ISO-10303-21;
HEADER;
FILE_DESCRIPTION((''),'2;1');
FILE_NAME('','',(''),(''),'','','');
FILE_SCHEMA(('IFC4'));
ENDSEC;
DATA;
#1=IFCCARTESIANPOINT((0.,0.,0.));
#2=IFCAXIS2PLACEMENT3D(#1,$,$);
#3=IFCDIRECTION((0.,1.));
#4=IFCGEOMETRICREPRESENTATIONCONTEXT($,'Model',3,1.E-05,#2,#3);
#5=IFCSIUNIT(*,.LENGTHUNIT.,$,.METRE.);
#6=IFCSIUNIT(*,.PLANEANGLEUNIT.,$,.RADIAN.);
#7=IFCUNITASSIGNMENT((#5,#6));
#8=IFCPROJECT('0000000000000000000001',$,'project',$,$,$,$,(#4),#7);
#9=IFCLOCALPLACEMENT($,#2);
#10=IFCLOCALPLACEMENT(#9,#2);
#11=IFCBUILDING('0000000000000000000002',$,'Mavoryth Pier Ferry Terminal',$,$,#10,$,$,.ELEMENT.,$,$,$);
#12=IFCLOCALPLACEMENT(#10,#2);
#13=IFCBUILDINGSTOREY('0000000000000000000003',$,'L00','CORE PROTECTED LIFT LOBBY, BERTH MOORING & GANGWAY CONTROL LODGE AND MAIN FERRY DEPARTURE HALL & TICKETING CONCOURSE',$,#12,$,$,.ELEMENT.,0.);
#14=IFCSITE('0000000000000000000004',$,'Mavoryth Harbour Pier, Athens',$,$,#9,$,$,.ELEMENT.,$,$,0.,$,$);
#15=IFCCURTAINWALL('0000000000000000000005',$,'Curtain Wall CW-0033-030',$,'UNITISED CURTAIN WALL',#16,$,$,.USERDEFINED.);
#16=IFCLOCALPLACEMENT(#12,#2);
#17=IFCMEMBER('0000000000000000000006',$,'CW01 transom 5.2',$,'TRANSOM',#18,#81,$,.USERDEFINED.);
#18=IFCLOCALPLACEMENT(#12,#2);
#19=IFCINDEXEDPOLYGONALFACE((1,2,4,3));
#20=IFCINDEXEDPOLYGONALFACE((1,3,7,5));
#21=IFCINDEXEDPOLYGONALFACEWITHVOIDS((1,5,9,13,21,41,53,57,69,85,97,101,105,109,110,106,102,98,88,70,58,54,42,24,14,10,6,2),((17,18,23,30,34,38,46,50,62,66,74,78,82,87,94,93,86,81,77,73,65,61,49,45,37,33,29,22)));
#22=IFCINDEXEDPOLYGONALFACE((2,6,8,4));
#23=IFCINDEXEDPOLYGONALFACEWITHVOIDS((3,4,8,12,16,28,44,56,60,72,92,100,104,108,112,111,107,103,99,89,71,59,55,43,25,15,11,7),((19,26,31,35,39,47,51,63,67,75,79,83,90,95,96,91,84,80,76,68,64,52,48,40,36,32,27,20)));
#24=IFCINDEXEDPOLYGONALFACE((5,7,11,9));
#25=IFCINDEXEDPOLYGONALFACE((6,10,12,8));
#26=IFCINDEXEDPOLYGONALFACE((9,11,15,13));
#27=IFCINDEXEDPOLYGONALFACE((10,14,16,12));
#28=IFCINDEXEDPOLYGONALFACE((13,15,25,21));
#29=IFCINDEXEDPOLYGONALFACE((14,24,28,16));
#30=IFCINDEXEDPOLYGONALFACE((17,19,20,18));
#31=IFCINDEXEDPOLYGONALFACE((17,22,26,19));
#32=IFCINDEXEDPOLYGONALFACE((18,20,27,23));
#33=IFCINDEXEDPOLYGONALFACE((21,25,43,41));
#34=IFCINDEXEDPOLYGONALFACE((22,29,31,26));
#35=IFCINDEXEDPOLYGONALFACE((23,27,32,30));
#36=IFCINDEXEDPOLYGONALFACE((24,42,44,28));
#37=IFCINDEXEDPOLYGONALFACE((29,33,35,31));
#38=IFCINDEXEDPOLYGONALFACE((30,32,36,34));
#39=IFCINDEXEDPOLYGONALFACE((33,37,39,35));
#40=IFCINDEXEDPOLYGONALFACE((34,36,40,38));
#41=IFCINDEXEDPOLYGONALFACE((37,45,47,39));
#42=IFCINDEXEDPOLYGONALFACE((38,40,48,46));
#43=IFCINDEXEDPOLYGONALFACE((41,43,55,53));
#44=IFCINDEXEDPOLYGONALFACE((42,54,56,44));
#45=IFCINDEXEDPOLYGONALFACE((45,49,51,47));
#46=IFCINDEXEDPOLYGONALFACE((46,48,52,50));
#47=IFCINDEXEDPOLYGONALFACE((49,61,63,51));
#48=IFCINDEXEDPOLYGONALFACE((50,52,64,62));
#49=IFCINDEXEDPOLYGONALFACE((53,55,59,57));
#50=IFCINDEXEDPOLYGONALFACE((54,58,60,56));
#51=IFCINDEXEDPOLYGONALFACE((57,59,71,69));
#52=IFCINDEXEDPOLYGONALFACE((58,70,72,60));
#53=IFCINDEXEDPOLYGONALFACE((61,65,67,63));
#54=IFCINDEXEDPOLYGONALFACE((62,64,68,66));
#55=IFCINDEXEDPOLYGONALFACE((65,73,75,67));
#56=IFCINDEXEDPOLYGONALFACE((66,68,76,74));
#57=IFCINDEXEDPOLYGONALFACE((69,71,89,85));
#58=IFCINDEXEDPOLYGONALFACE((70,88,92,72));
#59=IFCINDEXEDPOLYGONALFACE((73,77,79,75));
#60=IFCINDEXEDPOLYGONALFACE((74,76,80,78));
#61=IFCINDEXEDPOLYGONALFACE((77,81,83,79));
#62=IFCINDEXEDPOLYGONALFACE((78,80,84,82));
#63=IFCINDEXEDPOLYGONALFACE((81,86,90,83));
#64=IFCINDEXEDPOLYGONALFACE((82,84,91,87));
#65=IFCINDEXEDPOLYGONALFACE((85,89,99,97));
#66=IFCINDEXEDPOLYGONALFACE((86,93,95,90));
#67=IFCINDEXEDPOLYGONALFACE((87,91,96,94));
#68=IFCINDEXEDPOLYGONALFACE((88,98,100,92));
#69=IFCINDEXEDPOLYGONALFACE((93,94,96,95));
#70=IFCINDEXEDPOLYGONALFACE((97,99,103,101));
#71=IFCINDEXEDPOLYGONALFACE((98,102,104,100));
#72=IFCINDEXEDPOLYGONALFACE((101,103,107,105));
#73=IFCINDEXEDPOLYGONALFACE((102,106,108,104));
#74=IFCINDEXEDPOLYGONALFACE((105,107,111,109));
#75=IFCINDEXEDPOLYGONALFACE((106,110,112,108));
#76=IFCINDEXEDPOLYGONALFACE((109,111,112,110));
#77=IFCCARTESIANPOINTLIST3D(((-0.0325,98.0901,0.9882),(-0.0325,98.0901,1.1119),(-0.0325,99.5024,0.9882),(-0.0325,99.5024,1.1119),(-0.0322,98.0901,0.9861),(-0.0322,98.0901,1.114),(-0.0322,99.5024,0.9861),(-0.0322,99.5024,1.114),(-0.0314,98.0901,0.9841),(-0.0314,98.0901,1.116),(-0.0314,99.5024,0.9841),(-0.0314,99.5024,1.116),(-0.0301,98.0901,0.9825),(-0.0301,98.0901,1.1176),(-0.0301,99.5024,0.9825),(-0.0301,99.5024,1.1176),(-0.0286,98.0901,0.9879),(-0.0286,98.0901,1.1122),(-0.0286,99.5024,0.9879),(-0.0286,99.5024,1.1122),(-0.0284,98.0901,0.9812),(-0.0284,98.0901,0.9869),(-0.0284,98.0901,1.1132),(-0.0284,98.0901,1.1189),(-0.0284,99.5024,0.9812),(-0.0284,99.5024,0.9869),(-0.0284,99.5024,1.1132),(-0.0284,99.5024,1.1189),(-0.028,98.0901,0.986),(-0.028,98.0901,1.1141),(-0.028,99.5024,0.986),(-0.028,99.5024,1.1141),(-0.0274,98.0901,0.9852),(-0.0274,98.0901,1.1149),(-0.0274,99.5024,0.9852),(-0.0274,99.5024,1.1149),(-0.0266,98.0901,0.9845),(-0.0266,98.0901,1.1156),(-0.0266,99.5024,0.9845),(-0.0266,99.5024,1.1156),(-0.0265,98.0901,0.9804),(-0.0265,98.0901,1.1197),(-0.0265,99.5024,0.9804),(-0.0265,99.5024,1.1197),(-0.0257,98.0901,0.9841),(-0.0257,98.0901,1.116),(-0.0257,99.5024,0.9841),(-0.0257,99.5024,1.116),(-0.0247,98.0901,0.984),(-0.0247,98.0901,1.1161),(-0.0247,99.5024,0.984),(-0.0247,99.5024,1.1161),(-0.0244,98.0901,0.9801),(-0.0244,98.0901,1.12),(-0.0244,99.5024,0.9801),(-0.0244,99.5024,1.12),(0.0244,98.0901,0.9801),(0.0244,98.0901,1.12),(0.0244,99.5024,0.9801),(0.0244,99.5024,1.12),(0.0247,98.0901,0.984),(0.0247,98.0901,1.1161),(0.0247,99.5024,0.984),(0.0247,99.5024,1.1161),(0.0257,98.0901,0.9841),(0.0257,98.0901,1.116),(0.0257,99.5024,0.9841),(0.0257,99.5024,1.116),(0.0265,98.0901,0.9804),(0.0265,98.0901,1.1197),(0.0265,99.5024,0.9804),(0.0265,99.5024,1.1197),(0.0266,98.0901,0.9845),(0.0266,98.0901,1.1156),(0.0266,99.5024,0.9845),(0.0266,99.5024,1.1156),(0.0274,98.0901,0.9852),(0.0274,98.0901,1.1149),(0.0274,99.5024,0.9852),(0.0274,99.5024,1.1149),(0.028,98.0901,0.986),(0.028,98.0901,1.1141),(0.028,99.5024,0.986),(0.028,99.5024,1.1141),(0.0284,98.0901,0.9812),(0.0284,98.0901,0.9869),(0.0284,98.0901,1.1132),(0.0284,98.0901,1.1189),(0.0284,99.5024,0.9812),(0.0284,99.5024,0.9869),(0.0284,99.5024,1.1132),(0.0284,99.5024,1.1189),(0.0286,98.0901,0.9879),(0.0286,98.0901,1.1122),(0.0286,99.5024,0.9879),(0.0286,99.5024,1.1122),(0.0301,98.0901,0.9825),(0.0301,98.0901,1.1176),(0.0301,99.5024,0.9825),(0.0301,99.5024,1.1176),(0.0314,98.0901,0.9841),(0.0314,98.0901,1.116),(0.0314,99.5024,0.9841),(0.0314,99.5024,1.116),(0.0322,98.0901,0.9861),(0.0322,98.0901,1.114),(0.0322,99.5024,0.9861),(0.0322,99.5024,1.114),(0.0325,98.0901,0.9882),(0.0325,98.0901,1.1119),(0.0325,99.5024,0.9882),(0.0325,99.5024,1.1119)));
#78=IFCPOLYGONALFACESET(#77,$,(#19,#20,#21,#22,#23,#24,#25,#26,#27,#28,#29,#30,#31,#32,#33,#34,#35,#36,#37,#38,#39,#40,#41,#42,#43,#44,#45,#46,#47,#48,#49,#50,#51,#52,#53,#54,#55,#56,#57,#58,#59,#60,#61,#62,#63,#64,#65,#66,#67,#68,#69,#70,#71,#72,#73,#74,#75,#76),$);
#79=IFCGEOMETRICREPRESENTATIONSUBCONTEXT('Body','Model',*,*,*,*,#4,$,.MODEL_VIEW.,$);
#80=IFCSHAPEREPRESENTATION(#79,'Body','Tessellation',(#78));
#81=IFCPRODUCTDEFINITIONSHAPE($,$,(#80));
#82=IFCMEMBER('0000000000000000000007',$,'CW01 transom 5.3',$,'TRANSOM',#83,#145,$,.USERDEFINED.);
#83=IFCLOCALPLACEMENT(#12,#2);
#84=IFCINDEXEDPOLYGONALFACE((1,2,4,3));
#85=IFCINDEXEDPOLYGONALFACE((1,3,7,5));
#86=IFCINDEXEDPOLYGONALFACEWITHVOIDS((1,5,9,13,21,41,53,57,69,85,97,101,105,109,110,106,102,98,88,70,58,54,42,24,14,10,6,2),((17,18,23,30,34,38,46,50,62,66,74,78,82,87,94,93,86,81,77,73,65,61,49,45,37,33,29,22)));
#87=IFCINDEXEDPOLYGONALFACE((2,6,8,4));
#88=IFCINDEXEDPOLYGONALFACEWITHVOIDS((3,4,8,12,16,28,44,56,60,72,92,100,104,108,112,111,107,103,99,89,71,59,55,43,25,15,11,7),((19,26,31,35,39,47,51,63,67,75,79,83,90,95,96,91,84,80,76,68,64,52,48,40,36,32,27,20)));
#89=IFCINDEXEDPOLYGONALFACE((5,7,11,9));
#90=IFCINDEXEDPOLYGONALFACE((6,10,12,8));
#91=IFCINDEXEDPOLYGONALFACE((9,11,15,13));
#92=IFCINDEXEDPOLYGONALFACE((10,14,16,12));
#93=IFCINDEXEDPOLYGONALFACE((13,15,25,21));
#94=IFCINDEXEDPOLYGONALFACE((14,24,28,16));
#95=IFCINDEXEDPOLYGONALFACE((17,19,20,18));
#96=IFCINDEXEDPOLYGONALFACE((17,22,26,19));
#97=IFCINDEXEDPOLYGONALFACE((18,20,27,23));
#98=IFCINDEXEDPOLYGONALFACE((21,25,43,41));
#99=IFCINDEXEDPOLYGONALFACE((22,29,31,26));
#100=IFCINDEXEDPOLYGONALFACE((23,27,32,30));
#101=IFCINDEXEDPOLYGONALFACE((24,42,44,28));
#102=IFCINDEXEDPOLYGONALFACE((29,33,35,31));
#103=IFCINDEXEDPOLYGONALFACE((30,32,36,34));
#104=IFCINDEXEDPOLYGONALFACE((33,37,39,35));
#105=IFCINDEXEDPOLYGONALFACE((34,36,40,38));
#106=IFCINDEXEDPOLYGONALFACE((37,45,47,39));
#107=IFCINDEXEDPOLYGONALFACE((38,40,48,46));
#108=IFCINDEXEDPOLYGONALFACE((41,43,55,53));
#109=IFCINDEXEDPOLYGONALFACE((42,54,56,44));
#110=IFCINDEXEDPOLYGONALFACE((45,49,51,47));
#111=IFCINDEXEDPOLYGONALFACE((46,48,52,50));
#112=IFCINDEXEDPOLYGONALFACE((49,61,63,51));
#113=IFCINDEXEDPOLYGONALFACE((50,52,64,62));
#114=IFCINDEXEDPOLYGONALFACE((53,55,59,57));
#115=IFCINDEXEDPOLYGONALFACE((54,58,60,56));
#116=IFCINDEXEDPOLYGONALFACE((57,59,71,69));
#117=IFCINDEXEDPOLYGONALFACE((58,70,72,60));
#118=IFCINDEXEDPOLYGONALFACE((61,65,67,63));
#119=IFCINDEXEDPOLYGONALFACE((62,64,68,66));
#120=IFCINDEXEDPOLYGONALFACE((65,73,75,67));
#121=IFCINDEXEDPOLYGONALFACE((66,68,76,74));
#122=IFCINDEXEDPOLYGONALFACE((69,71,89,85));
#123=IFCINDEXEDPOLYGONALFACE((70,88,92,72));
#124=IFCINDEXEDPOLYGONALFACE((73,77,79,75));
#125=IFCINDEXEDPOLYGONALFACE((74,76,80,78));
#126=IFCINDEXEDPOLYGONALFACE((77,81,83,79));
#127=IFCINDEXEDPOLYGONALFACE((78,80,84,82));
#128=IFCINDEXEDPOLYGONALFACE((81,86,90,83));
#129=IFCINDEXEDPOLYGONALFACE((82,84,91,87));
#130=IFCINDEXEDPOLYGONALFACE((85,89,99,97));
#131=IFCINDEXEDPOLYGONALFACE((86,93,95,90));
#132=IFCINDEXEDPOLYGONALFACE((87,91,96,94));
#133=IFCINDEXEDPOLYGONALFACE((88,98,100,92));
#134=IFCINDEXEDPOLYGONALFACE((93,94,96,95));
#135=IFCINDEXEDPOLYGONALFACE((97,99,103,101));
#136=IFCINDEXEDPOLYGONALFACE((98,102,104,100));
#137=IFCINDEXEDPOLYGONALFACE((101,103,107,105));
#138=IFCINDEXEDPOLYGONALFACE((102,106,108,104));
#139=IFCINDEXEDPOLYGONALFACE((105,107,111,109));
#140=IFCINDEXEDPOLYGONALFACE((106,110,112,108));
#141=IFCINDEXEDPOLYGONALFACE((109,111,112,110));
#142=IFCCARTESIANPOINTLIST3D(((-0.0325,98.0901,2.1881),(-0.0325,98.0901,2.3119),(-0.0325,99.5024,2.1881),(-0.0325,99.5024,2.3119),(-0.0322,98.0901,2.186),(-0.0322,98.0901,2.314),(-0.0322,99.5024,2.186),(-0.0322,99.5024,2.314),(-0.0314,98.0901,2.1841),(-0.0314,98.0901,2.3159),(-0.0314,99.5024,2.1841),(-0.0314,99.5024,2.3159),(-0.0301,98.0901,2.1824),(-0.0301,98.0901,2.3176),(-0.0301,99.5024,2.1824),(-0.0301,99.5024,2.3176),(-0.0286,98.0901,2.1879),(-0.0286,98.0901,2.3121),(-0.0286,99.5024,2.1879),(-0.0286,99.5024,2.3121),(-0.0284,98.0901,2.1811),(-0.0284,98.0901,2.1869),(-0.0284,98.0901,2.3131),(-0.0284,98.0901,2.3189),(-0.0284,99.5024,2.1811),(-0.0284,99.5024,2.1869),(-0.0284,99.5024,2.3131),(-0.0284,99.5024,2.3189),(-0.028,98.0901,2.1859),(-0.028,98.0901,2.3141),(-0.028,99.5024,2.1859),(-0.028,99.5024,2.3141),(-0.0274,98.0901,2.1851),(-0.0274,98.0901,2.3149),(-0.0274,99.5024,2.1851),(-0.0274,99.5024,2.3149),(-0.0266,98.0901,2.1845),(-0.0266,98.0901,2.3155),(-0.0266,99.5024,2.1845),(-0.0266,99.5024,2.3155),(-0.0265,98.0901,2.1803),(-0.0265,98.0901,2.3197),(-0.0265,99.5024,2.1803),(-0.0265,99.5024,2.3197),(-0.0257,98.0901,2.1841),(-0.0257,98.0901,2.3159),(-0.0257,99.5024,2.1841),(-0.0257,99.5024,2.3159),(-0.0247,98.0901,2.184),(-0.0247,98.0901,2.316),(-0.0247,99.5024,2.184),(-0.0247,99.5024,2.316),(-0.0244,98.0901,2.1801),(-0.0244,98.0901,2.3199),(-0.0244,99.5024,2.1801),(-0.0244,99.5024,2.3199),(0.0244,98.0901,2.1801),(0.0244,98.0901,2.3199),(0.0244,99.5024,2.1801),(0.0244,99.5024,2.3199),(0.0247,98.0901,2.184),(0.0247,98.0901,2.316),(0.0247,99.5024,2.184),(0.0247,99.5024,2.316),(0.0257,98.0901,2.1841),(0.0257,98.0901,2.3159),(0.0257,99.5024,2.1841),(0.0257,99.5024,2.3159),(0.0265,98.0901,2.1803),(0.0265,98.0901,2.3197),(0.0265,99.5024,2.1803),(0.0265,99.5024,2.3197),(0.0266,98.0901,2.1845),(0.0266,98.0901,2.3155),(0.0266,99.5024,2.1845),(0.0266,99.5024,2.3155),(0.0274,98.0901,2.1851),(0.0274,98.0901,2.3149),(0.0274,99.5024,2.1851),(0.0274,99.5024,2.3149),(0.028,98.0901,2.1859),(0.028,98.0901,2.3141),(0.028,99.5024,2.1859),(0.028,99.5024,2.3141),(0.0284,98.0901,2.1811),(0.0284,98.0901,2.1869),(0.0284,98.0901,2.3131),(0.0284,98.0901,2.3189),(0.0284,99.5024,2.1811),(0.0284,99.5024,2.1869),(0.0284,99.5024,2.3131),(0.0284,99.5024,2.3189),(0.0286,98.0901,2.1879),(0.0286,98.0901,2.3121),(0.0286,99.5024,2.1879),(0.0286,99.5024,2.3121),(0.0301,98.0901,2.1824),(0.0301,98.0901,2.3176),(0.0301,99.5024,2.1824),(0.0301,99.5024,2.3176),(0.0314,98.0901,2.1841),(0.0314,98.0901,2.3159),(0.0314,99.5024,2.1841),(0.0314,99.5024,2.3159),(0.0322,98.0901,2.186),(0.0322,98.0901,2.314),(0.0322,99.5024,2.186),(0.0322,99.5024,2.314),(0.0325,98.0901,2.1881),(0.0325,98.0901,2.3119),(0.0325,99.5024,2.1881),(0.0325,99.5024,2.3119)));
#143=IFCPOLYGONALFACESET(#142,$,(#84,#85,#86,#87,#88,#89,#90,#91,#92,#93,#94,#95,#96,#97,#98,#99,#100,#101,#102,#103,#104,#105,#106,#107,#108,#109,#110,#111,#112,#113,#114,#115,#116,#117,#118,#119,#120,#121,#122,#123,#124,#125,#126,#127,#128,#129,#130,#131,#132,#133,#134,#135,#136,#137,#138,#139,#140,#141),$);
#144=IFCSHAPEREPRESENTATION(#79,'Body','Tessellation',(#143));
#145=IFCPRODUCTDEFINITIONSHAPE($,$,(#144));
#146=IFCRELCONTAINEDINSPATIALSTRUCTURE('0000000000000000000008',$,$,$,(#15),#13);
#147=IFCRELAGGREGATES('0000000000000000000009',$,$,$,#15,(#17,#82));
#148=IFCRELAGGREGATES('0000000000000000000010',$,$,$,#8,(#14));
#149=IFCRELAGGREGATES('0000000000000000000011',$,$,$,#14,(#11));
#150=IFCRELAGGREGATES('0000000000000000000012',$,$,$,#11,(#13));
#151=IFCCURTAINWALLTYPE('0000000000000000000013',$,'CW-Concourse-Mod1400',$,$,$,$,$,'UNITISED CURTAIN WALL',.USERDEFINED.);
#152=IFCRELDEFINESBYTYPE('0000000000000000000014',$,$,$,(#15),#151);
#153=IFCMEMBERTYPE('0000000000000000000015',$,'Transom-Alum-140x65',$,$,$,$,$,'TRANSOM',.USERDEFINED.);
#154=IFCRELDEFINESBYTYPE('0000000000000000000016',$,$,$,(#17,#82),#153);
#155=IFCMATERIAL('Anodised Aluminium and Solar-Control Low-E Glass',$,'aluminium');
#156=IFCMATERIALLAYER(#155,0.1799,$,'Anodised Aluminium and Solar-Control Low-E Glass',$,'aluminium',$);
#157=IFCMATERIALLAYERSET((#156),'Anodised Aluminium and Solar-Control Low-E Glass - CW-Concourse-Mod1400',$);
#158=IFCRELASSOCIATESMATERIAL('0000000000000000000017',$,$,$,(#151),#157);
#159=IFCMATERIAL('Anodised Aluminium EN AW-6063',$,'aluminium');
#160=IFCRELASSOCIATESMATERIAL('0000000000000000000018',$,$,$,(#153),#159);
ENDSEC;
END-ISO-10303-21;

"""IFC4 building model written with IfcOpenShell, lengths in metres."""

from ifc_helpers import new_model, si_unit, direction, frame, origin, origin_2d, place, context, subcontext, project, spatial, hollow_rectangle, extrude, material, layer, layer_set, material_profile, profile_set, type_object, element, aggregate, save


model = new_model("IFC4")

# Units and contexts
model_context = context("Model", 3, precision=1e-05, world=origin(), true_north=direction((0.0, 1.0)))
body_context = subcontext(model_context, "Body", "Model", "MODEL_VIEW")
ifc_project = project(units=[si_unit("LENGTHUNIT", "METRE"), si_unit("PLANEANGLEUNIT", "RADIAN")], contexts=[model_context])

# Site, building, storey
site_placement = place(None, origin())
site = spatial("IfcSite", under=ifc_project, at=site_placement, Name="Mavoryth Harbour Pier, Athens", CompositionType="ELEMENT", RefElevation=0.0)
building_placement = place(site_placement, origin())
building = spatial("IfcBuilding", under=site, at=building_placement, Name="Mavoryth Pier Ferry Terminal", CompositionType="ELEMENT")
storey_placement = place(building_placement, origin())
storey = spatial("IfcBuildingStorey", under=building, at=storey_placement, Name="L00", Description="CORE PROTECTED LIFT LOBBY, BERTH MOORING & GANGWAY CONTROL LODGE AND MAIN FERRY DEPARTURE HALL & TICKETING CONCOURSE", CompositionType="ELEMENT", Elevation=0.0)

# Curtain wall, members
ifc_material_1 = material(Name="Anodised Aluminium and Solar-Control Low-E Glass", Category="aluminium")
ifc_layer_1 = layer(ifc_material_1, 0.1799, Name="Anodised Aluminium and Solar-Control Low-E Glass", Category="aluminium")
ifc_layer_set_1 = layer_set([ifc_layer_1], Name="Anodised Aluminium and Solar-Control Low-E Glass - CW-Concourse-Mod1400")
curtain_wall_type = type_object("IfcCurtainWallType", Name="CW-Concourse-Mod1400", ElementType="UNITISED CURTAIN WALL", PredefinedType="USERDEFINED", material=ifc_layer_set_1)
curtain_wall_placement = place(storey_placement, origin())
curtain_wall = element("IfcCurtainWall", 1, at=curtain_wall_placement, inside=storey, type_object=curtain_wall_type, Name="Curtain Wall CW-0033-030", ObjectType="UNITISED CURTAIN WALL", PredefinedType="USERDEFINED")
ifc_material_2 = material(Name="Anodised Aluminium EN AW-6063", Category="aluminium")
ifc_material_profile_1 = material_profile(ifc_material_2, hollow_rectangle(XDim=0.0649, YDim=0.1399, WallThickness=0.0039, InnerFilletRadius=0.0039, OuterFilletRadius=0.0081, at=origin_2d()), Name="AL-TRAN 140x65x4", Category="aluminium")
ifc_profile_set_1 = profile_set([ifc_material_profile_1], Name="Anodised Aluminium EN AW-6063 - AL-TRAN 140x65x4")
member_type_1 = type_object("IfcMemberType", Name="Transom-Alum-140x65", ElementType="TRANSOM", PredefinedType="USERDEFINED", material=ifc_profile_set_1)
member_1_placement = place(storey_placement, frame((0.0, 99.5024, 1.05), z_axis=(0.0, -1.0, 0.0), x_axis=(1.0, 0.0, 0.0)))
member_1 = element("IfcMember", 2, at=member_1_placement, type_object=member_type_1, Name="CW01 transom 5.2", ObjectType="TRANSOM", PredefinedType="USERDEFINED", context=body_context, shape_type="SweptSolid", body=[
    extrude(hollow_rectangle(XDim=0.0649, YDim=0.1399, WallThickness=0.0039, InnerFilletRadius=0.0039, OuterFilletRadius=0.0081, at=origin_2d()), origin(), (0.0, 0.0, 1.0), 1.4124),
])
member_2_placement = place(storey_placement, frame((0.0, 99.5024, 2.25), z_axis=(0.0, -1.0, 0.0), x_axis=(1.0, 0.0, 0.0)))
member_2 = element("IfcMember", 3, at=member_2_placement, type_object=member_type_1, Name="CW01 transom 5.3", ObjectType="TRANSOM", PredefinedType="USERDEFINED", context=body_context, shape_type="SweptSolid", body=[
    extrude(hollow_rectangle(XDim=0.0649, YDim=0.1399, WallThickness=0.0039, InnerFilletRadius=0.0039, OuterFilletRadius=0.0081, at=origin_2d()), origin(), (0.0, 0.0, 1.0), 1.4124),
])
aggregate(curtain_wall, [member_1, member_2])

save(model, "model.ifc")
